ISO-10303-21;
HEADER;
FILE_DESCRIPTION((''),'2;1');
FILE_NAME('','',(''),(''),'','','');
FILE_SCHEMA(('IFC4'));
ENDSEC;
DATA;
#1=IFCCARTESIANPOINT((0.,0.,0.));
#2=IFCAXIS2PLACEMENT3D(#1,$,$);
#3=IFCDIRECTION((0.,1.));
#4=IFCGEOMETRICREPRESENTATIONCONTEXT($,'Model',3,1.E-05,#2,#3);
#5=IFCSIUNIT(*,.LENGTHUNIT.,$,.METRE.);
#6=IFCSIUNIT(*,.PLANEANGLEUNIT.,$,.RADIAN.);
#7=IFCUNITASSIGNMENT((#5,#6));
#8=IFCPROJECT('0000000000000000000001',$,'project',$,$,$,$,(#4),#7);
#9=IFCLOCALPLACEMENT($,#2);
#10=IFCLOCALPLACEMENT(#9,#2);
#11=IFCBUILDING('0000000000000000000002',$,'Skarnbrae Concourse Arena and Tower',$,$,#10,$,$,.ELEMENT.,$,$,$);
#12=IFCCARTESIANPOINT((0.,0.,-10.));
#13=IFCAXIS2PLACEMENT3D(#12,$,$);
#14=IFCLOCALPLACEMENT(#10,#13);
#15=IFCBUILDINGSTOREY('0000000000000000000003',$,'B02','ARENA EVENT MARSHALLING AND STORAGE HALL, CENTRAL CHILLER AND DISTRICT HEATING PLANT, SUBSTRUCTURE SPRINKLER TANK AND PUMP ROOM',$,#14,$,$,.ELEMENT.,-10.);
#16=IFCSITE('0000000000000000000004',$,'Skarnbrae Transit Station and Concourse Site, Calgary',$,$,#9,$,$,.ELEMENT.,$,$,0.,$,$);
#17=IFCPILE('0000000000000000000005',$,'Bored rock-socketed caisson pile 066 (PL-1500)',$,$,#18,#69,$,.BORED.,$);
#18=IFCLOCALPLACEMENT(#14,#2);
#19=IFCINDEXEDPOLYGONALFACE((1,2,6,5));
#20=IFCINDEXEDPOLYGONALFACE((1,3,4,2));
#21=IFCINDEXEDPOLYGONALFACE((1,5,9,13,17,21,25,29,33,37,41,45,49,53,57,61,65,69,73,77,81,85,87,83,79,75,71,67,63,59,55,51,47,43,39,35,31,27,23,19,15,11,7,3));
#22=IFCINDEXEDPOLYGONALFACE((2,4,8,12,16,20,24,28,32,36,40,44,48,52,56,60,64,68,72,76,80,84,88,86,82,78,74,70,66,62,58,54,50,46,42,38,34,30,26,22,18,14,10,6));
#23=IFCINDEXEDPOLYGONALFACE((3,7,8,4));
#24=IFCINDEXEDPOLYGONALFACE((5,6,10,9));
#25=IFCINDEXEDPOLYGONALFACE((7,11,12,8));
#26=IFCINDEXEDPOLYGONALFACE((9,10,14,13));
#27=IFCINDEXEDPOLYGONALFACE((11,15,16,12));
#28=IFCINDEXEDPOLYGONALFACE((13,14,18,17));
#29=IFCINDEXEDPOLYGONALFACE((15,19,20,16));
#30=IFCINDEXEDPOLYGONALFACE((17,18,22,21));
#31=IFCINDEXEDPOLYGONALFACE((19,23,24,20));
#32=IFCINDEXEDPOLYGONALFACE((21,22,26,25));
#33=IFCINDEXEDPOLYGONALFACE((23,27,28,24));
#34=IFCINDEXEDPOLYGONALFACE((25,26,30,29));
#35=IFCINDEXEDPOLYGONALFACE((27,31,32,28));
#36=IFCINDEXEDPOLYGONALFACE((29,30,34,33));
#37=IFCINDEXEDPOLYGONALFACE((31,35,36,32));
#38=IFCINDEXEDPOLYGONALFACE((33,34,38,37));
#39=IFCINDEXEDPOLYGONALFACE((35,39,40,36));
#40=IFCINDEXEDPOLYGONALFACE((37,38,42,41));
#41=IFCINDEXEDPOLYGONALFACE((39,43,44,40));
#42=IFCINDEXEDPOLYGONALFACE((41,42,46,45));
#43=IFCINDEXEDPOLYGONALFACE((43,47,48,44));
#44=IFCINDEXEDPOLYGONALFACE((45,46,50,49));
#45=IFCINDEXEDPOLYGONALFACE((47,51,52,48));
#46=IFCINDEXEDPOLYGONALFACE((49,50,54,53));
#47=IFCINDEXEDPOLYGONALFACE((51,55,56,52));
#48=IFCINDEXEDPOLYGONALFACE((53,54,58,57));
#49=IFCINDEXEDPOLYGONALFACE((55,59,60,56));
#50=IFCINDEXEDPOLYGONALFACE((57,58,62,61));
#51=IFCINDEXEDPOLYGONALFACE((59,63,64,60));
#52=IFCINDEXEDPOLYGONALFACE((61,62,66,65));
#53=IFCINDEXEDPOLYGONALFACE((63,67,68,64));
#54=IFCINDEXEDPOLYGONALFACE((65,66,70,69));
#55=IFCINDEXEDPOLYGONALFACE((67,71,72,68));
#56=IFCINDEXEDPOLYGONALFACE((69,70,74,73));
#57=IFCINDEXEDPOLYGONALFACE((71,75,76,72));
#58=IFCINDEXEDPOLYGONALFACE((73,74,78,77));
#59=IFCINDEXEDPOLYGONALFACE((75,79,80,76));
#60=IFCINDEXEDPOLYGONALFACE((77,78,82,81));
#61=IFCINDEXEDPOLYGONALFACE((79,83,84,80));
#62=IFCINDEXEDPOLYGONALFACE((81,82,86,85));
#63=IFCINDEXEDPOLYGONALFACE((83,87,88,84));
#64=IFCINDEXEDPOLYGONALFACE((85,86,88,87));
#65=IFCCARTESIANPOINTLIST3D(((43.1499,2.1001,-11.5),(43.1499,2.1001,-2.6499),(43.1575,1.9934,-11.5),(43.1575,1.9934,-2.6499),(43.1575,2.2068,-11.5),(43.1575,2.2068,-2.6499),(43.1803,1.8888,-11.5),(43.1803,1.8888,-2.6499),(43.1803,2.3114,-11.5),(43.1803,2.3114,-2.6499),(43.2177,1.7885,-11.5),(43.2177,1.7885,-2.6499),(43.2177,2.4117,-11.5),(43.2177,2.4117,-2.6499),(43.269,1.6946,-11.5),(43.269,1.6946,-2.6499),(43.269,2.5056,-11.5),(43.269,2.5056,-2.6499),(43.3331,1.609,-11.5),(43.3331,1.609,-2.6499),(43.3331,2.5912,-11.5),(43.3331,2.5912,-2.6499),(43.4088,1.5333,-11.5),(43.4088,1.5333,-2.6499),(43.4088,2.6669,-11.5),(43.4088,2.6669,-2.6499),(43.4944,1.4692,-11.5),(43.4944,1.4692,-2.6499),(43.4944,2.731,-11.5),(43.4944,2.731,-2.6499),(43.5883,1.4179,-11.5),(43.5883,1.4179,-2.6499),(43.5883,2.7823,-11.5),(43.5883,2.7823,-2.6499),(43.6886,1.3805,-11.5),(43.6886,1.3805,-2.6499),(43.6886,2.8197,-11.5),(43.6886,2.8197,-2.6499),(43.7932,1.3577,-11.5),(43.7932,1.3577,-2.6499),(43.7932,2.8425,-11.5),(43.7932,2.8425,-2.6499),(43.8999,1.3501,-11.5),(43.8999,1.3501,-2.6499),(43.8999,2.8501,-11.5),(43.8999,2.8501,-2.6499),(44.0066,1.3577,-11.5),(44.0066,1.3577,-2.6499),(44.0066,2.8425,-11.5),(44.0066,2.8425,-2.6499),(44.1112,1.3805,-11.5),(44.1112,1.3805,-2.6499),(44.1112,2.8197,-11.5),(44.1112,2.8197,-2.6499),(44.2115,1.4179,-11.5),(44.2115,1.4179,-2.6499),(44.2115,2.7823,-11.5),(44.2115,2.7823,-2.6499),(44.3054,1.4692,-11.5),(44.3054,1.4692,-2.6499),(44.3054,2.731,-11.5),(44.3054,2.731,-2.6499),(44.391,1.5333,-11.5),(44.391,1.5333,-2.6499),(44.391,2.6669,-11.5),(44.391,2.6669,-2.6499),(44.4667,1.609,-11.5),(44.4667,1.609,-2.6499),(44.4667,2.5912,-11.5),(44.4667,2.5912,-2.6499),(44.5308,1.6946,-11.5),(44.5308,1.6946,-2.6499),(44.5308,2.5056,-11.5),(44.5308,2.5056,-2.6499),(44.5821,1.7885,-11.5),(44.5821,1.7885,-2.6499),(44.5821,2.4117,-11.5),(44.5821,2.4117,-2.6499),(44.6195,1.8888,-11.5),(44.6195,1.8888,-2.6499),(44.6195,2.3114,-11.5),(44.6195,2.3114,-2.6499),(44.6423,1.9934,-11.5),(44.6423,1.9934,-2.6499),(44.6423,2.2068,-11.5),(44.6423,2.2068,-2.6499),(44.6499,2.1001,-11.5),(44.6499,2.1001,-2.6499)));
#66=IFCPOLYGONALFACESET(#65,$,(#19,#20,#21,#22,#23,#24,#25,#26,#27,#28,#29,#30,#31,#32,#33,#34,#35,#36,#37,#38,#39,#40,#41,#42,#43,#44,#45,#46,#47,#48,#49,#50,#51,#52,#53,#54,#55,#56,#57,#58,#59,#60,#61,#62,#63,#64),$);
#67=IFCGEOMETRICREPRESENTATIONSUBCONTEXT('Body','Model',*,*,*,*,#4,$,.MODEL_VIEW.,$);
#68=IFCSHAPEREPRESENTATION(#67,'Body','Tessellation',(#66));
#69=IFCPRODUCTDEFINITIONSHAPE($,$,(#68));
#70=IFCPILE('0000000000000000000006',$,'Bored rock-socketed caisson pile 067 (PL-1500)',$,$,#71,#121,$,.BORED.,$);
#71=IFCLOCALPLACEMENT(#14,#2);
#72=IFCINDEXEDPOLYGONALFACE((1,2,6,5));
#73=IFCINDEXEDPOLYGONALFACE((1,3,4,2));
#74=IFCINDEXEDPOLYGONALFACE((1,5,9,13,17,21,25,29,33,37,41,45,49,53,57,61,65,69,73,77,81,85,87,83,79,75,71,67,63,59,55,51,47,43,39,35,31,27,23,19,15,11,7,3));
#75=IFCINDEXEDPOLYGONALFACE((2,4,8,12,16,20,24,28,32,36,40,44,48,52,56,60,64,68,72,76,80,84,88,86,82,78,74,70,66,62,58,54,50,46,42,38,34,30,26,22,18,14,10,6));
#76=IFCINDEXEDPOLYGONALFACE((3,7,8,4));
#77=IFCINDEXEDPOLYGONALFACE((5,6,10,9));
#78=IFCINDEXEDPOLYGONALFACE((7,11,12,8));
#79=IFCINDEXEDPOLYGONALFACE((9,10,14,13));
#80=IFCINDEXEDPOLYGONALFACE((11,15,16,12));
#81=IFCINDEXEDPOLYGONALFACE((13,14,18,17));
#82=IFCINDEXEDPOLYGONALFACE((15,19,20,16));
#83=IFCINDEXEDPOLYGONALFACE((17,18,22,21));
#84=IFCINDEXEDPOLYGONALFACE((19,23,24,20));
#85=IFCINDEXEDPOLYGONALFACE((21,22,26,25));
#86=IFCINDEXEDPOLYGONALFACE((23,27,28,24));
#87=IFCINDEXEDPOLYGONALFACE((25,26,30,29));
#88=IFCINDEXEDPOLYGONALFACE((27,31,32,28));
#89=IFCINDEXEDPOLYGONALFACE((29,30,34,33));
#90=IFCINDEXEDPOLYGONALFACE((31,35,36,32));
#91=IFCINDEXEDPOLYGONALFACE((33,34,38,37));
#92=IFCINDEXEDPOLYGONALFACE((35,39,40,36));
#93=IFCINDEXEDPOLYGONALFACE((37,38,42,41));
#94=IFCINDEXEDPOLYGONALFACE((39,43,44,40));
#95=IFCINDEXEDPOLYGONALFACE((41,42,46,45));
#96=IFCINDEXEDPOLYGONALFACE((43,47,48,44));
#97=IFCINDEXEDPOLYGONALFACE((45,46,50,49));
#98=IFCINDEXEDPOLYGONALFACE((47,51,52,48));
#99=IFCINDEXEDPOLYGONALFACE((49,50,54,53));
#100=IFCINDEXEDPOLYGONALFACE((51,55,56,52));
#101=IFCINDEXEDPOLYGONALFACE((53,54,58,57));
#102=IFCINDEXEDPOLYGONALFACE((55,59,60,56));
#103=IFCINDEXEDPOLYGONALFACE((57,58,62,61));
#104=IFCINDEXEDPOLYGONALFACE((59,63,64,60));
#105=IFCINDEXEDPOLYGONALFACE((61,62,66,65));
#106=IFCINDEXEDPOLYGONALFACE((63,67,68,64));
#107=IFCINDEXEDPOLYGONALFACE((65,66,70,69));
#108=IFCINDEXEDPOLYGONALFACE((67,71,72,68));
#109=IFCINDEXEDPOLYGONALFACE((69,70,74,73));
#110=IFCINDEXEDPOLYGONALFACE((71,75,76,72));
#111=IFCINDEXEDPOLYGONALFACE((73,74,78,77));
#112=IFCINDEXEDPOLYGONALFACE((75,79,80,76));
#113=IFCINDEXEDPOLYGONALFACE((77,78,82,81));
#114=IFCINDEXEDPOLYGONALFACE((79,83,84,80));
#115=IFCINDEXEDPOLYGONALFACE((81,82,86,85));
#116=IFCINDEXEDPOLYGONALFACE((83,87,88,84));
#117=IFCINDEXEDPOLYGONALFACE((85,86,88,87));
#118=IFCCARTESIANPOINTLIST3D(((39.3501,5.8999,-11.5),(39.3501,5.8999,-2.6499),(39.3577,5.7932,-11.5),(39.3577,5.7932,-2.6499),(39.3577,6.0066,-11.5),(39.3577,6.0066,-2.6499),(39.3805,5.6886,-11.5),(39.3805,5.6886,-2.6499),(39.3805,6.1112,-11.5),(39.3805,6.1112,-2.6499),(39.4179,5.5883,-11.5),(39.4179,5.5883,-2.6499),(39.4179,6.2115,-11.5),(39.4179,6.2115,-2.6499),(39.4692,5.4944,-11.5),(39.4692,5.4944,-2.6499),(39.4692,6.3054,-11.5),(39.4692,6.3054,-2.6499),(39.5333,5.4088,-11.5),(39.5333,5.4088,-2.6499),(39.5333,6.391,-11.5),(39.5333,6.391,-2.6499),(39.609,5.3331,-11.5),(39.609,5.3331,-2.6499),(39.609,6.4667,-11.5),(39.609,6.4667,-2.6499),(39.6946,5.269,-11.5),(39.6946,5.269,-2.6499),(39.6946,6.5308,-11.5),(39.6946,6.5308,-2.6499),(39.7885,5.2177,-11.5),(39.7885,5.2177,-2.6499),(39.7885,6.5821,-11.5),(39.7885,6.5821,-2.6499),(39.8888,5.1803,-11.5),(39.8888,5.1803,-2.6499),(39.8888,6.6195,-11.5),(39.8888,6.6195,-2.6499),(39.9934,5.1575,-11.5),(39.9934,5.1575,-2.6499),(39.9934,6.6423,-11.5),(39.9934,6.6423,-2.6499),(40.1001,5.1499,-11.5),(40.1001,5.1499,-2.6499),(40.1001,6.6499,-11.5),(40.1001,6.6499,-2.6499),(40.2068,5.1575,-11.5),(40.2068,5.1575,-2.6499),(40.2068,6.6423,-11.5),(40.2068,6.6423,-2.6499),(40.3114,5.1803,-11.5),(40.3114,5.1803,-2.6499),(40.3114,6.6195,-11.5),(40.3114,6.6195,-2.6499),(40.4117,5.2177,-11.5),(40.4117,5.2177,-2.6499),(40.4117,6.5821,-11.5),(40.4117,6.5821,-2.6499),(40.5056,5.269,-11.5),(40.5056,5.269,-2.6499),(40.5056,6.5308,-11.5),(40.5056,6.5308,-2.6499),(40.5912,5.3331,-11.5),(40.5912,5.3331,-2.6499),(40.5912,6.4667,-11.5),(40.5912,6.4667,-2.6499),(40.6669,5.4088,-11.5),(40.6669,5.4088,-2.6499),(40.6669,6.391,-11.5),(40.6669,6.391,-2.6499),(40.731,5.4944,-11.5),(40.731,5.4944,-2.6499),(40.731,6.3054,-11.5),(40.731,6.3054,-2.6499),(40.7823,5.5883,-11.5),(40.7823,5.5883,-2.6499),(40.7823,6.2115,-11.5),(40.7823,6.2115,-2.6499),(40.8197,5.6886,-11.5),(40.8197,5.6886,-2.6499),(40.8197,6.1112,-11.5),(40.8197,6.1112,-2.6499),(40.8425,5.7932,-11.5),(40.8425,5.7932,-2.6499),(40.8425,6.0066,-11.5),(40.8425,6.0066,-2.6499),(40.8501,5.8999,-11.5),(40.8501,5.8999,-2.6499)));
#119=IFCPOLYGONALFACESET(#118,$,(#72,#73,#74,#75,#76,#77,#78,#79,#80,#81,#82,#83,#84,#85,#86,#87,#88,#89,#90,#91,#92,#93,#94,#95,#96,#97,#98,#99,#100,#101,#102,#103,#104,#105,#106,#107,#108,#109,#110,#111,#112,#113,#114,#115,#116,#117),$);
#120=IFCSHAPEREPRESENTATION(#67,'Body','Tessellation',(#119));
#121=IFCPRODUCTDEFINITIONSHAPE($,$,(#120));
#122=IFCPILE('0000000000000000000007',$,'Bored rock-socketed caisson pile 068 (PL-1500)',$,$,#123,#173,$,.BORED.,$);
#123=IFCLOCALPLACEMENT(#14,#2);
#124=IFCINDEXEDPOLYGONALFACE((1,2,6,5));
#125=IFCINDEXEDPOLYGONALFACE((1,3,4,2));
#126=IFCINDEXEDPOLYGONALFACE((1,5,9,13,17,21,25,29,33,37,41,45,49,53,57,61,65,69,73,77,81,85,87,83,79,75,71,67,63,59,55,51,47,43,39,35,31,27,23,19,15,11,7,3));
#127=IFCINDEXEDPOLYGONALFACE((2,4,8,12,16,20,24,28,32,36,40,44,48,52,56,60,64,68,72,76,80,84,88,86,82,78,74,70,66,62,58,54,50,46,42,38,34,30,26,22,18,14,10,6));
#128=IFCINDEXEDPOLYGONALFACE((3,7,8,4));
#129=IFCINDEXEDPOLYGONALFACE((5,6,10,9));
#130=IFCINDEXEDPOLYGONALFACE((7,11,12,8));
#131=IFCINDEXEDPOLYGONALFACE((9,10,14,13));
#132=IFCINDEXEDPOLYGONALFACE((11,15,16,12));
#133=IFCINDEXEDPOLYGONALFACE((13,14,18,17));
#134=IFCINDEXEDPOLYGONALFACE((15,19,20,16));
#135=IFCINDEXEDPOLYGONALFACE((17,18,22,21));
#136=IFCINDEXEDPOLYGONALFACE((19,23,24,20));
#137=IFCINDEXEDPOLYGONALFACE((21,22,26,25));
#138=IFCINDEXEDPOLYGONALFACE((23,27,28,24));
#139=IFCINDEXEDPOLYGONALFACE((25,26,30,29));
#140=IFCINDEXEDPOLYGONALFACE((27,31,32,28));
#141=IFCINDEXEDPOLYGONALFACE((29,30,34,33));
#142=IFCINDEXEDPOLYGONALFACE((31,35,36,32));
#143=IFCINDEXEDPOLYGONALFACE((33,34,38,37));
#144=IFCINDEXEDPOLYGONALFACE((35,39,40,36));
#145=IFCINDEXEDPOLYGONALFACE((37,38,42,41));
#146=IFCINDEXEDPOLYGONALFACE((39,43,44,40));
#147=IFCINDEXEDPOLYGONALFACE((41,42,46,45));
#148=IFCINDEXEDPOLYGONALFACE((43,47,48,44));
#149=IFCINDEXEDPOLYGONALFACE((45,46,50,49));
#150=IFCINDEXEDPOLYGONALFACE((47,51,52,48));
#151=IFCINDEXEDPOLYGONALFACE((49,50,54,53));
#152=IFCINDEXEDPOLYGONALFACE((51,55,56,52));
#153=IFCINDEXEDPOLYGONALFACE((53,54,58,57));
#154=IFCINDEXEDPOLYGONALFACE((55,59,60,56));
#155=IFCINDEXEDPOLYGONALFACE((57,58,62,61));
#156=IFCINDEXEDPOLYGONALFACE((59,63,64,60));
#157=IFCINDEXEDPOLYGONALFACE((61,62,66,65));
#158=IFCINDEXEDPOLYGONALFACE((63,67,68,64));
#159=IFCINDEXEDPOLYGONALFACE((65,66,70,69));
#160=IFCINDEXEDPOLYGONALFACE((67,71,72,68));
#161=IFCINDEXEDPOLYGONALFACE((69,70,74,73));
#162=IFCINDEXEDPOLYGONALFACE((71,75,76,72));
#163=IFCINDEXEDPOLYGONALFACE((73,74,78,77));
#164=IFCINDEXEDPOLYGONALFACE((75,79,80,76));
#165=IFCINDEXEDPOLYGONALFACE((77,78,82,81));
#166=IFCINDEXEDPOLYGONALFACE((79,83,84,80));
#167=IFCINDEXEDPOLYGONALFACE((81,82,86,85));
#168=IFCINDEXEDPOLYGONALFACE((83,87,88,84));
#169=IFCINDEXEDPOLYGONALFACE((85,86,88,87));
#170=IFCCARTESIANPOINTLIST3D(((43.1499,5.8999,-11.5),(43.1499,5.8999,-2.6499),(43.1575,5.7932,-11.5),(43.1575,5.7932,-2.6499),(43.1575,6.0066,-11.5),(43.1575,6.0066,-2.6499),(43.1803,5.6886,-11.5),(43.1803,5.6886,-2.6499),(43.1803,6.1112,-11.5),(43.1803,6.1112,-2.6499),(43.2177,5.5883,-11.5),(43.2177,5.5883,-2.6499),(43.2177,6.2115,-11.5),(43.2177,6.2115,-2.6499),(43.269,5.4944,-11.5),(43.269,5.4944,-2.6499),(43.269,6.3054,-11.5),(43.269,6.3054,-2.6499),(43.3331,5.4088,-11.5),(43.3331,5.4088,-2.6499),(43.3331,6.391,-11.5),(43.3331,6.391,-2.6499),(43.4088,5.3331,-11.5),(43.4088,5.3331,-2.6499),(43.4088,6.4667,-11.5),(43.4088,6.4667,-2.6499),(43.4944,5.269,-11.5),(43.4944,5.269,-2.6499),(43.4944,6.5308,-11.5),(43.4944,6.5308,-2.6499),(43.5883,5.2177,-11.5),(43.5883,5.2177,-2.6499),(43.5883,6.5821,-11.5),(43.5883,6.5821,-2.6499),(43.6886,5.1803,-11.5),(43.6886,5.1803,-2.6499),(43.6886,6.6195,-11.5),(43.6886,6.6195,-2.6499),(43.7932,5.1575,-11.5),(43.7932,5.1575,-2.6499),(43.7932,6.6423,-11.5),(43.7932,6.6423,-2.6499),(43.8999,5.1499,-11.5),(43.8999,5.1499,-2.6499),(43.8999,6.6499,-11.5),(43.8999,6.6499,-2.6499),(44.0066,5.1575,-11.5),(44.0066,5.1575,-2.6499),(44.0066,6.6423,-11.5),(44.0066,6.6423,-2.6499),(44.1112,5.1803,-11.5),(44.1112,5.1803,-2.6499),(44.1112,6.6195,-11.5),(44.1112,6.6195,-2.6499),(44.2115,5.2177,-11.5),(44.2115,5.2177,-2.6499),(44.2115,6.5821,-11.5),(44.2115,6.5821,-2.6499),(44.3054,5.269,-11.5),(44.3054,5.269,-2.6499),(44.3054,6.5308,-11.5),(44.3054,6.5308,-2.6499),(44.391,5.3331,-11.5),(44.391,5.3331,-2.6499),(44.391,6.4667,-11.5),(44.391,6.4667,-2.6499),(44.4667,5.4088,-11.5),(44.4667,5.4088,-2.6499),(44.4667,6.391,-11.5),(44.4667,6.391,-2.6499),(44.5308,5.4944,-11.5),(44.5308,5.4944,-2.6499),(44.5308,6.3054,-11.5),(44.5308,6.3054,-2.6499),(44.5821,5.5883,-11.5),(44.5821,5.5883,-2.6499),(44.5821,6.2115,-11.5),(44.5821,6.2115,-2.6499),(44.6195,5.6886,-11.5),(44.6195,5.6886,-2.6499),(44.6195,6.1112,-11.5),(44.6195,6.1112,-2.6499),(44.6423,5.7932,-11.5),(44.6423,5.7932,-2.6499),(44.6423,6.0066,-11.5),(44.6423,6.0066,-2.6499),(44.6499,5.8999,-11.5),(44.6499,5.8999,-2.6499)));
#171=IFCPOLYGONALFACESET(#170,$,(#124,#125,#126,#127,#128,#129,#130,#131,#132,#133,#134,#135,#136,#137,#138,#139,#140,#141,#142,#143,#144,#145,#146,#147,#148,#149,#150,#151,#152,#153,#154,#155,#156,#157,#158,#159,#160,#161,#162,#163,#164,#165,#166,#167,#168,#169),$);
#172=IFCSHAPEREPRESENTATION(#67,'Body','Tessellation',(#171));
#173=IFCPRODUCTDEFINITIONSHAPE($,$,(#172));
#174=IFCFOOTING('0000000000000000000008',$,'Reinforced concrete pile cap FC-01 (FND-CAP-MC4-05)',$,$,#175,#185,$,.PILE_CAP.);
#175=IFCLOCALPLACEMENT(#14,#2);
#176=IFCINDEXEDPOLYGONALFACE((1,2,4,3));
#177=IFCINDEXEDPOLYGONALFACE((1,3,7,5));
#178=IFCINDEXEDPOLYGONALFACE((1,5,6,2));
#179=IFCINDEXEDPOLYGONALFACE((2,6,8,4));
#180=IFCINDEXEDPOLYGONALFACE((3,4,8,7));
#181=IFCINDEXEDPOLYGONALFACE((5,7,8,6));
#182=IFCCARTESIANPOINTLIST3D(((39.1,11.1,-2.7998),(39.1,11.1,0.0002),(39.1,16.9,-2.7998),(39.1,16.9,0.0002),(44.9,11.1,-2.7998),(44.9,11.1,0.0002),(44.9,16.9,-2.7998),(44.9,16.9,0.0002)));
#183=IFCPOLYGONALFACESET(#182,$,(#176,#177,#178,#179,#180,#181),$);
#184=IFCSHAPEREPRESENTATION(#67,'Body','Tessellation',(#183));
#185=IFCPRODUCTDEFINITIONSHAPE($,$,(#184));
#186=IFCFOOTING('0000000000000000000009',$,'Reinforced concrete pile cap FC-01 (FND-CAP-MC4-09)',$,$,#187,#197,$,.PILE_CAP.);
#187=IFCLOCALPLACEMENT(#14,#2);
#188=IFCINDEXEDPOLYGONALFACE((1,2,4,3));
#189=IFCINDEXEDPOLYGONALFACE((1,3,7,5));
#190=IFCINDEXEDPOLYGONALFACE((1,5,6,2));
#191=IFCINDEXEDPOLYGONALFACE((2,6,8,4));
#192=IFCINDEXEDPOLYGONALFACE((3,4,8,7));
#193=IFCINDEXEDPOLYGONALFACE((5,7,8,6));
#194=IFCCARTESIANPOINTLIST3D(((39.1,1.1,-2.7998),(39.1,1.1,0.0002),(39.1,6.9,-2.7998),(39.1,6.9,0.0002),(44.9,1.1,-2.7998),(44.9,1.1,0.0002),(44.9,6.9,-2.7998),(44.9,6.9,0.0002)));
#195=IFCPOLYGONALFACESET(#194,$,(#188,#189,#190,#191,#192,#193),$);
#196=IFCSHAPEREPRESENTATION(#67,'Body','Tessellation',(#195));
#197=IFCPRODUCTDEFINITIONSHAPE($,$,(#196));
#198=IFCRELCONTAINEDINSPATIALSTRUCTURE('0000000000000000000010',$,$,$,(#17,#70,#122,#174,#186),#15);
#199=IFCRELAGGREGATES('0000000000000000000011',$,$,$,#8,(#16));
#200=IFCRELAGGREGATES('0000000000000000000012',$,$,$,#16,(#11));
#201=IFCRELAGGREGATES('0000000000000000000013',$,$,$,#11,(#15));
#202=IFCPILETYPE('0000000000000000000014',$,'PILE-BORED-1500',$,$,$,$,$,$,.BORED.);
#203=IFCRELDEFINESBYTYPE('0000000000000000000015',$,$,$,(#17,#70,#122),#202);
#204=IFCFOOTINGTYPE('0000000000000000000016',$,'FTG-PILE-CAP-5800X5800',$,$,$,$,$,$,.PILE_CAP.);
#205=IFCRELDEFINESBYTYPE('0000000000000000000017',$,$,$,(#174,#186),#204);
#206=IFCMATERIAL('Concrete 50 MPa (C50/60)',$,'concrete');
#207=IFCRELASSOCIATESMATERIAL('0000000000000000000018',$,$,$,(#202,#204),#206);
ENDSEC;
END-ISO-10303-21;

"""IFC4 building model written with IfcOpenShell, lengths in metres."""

from ifc_helpers import new_model, si_unit, direction, frame, origin, origin_2d, place, context, subcontext, project, spatial, rectangle, circle, extrude, source, transform, mapped, material, material_profile, profile_set, type_object, element, save


model = new_model("IFC4")

# Units and contexts
model_context = context("Model", 3, precision=1e-05, world=origin(), true_north=direction((0.0, 1.0)))
body_context = subcontext(model_context, "Body", "Model", "MODEL_VIEW")
ifc_project = project(units=[si_unit("LENGTHUNIT", "METRE"), si_unit("PLANEANGLEUNIT", "RADIAN")], contexts=[model_context])

# Site, building, storey
site_placement = place(None, origin())
site = spatial("IfcSite", under=ifc_project, at=site_placement, Name="Skarnbrae Transit Station and Concourse Site, Calgary", CompositionType="ELEMENT", RefElevation=0.0)
building_placement = place(site_placement, origin())
building = spatial("IfcBuilding", under=site, at=building_placement, Name="Skarnbrae Concourse Arena and Tower", CompositionType="ELEMENT")
storey_placement = place(building_placement, frame((0.0, 0.0, -10.0)))
storey = spatial("IfcBuildingStorey", under=building, at=storey_placement, Name="B02", Description="ARENA EVENT MARSHALLING AND STORAGE HALL, CENTRAL CHILLER AND DISTRICT HEATING PLANT, SUBSTRUCTURE SPRINKLER TANK AND PUMP ROOM", CompositionType="ELEMENT", Elevation=-10.0)

# Piles
ifc_material_1 = material(Name="Concrete 50 MPa (C50/60)", Category="concrete")
ifc_material_profile_1 = material_profile(ifc_material_1, circle(Radius=0.75, at=origin_2d()), Name="CAISSON-1500")
ifc_profile_set_1 = profile_set([ifc_material_profile_1], Name="Concrete 50 MPa (C50/60)")
pile_type = type_object("IfcPileType", Name="PILE-BORED-1500", PredefinedType="BORED", material=ifc_profile_set_1)
shared_shape_1 = source(origin(), body_context, "Body", "SweptSolid", [
    extrude(circle(Radius=0.75, at=origin_2d()), origin(), (0.0, 0.0, 1.0), 8.8501),
])
for number, where, z_axis, x_axis, name in (
    (1, (43.8999, 2.1001, -2.6499), (0.0, 0.0, -1.0), (1.0, 0.0, 0.0), "Bored rock-socketed caisson pile 066 (PL-1500)"),
    (2, (40.1001, 5.8999, -2.6499), (0.0, 0.0, -1.0), (1.0, 0.0, 0.0), "Bored rock-socketed caisson pile 067 (PL-1500)"),
    (3, (43.8999, 5.8999, -2.6499), (0.0, 0.0, -1.0), (1.0, 0.0, 0.0), "Bored rock-socketed caisson pile 068 (PL-1500)"),
):
    element("IfcPile", number, at=place(storey_placement, frame(where, z_axis=z_axis, x_axis=x_axis)), inside=storey, type_object=pile_type, Name=name, PredefinedType="BORED", context=body_context, shape_type="MappedRepresentation", body=[
        mapped(shared_shape_1, transform((0.0, 0.0, 0.0))),
    ])

# Footings
footing_type_1 = type_object("IfcFootingType", Name="FTG-PILE-CAP-5800X5800", PredefinedType="PILE_CAP", material=ifc_material_1)
shared_shape_2 = source(origin(), body_context, "Body", "SweptSolid", [
    extrude(rectangle(XDim=5.8, YDim=5.8, at=origin_2d()), origin(), (0.0, 0.0, 1.0), 2.8),
])
for number, where, z_axis, x_axis, name in (
    (4, (42.0, 14.0, -2.7998), (0.0, 0.0, 1.0), (1.0, 0.0, 0.0), "Reinforced concrete pile cap FC-01 (FND-CAP-MC4-05)"),
    (5, (42.0, 4.0, -2.7998), (0.0, 0.0, 1.0), (1.0, 0.0, 0.0), "Reinforced concrete pile cap FC-01 (FND-CAP-MC4-09)"),
):
    element("IfcFooting", number, at=place(storey_placement, frame(where, z_axis=z_axis, x_axis=x_axis)), inside=storey, type_object=footing_type_1, Name=name, PredefinedType="PILE_CAP", context=body_context, shape_type="MappedRepresentation", body=[
        mapped(shared_shape_2, transform((0.0, 0.0, 0.0))),
    ])

save(model, "model.ifc")
